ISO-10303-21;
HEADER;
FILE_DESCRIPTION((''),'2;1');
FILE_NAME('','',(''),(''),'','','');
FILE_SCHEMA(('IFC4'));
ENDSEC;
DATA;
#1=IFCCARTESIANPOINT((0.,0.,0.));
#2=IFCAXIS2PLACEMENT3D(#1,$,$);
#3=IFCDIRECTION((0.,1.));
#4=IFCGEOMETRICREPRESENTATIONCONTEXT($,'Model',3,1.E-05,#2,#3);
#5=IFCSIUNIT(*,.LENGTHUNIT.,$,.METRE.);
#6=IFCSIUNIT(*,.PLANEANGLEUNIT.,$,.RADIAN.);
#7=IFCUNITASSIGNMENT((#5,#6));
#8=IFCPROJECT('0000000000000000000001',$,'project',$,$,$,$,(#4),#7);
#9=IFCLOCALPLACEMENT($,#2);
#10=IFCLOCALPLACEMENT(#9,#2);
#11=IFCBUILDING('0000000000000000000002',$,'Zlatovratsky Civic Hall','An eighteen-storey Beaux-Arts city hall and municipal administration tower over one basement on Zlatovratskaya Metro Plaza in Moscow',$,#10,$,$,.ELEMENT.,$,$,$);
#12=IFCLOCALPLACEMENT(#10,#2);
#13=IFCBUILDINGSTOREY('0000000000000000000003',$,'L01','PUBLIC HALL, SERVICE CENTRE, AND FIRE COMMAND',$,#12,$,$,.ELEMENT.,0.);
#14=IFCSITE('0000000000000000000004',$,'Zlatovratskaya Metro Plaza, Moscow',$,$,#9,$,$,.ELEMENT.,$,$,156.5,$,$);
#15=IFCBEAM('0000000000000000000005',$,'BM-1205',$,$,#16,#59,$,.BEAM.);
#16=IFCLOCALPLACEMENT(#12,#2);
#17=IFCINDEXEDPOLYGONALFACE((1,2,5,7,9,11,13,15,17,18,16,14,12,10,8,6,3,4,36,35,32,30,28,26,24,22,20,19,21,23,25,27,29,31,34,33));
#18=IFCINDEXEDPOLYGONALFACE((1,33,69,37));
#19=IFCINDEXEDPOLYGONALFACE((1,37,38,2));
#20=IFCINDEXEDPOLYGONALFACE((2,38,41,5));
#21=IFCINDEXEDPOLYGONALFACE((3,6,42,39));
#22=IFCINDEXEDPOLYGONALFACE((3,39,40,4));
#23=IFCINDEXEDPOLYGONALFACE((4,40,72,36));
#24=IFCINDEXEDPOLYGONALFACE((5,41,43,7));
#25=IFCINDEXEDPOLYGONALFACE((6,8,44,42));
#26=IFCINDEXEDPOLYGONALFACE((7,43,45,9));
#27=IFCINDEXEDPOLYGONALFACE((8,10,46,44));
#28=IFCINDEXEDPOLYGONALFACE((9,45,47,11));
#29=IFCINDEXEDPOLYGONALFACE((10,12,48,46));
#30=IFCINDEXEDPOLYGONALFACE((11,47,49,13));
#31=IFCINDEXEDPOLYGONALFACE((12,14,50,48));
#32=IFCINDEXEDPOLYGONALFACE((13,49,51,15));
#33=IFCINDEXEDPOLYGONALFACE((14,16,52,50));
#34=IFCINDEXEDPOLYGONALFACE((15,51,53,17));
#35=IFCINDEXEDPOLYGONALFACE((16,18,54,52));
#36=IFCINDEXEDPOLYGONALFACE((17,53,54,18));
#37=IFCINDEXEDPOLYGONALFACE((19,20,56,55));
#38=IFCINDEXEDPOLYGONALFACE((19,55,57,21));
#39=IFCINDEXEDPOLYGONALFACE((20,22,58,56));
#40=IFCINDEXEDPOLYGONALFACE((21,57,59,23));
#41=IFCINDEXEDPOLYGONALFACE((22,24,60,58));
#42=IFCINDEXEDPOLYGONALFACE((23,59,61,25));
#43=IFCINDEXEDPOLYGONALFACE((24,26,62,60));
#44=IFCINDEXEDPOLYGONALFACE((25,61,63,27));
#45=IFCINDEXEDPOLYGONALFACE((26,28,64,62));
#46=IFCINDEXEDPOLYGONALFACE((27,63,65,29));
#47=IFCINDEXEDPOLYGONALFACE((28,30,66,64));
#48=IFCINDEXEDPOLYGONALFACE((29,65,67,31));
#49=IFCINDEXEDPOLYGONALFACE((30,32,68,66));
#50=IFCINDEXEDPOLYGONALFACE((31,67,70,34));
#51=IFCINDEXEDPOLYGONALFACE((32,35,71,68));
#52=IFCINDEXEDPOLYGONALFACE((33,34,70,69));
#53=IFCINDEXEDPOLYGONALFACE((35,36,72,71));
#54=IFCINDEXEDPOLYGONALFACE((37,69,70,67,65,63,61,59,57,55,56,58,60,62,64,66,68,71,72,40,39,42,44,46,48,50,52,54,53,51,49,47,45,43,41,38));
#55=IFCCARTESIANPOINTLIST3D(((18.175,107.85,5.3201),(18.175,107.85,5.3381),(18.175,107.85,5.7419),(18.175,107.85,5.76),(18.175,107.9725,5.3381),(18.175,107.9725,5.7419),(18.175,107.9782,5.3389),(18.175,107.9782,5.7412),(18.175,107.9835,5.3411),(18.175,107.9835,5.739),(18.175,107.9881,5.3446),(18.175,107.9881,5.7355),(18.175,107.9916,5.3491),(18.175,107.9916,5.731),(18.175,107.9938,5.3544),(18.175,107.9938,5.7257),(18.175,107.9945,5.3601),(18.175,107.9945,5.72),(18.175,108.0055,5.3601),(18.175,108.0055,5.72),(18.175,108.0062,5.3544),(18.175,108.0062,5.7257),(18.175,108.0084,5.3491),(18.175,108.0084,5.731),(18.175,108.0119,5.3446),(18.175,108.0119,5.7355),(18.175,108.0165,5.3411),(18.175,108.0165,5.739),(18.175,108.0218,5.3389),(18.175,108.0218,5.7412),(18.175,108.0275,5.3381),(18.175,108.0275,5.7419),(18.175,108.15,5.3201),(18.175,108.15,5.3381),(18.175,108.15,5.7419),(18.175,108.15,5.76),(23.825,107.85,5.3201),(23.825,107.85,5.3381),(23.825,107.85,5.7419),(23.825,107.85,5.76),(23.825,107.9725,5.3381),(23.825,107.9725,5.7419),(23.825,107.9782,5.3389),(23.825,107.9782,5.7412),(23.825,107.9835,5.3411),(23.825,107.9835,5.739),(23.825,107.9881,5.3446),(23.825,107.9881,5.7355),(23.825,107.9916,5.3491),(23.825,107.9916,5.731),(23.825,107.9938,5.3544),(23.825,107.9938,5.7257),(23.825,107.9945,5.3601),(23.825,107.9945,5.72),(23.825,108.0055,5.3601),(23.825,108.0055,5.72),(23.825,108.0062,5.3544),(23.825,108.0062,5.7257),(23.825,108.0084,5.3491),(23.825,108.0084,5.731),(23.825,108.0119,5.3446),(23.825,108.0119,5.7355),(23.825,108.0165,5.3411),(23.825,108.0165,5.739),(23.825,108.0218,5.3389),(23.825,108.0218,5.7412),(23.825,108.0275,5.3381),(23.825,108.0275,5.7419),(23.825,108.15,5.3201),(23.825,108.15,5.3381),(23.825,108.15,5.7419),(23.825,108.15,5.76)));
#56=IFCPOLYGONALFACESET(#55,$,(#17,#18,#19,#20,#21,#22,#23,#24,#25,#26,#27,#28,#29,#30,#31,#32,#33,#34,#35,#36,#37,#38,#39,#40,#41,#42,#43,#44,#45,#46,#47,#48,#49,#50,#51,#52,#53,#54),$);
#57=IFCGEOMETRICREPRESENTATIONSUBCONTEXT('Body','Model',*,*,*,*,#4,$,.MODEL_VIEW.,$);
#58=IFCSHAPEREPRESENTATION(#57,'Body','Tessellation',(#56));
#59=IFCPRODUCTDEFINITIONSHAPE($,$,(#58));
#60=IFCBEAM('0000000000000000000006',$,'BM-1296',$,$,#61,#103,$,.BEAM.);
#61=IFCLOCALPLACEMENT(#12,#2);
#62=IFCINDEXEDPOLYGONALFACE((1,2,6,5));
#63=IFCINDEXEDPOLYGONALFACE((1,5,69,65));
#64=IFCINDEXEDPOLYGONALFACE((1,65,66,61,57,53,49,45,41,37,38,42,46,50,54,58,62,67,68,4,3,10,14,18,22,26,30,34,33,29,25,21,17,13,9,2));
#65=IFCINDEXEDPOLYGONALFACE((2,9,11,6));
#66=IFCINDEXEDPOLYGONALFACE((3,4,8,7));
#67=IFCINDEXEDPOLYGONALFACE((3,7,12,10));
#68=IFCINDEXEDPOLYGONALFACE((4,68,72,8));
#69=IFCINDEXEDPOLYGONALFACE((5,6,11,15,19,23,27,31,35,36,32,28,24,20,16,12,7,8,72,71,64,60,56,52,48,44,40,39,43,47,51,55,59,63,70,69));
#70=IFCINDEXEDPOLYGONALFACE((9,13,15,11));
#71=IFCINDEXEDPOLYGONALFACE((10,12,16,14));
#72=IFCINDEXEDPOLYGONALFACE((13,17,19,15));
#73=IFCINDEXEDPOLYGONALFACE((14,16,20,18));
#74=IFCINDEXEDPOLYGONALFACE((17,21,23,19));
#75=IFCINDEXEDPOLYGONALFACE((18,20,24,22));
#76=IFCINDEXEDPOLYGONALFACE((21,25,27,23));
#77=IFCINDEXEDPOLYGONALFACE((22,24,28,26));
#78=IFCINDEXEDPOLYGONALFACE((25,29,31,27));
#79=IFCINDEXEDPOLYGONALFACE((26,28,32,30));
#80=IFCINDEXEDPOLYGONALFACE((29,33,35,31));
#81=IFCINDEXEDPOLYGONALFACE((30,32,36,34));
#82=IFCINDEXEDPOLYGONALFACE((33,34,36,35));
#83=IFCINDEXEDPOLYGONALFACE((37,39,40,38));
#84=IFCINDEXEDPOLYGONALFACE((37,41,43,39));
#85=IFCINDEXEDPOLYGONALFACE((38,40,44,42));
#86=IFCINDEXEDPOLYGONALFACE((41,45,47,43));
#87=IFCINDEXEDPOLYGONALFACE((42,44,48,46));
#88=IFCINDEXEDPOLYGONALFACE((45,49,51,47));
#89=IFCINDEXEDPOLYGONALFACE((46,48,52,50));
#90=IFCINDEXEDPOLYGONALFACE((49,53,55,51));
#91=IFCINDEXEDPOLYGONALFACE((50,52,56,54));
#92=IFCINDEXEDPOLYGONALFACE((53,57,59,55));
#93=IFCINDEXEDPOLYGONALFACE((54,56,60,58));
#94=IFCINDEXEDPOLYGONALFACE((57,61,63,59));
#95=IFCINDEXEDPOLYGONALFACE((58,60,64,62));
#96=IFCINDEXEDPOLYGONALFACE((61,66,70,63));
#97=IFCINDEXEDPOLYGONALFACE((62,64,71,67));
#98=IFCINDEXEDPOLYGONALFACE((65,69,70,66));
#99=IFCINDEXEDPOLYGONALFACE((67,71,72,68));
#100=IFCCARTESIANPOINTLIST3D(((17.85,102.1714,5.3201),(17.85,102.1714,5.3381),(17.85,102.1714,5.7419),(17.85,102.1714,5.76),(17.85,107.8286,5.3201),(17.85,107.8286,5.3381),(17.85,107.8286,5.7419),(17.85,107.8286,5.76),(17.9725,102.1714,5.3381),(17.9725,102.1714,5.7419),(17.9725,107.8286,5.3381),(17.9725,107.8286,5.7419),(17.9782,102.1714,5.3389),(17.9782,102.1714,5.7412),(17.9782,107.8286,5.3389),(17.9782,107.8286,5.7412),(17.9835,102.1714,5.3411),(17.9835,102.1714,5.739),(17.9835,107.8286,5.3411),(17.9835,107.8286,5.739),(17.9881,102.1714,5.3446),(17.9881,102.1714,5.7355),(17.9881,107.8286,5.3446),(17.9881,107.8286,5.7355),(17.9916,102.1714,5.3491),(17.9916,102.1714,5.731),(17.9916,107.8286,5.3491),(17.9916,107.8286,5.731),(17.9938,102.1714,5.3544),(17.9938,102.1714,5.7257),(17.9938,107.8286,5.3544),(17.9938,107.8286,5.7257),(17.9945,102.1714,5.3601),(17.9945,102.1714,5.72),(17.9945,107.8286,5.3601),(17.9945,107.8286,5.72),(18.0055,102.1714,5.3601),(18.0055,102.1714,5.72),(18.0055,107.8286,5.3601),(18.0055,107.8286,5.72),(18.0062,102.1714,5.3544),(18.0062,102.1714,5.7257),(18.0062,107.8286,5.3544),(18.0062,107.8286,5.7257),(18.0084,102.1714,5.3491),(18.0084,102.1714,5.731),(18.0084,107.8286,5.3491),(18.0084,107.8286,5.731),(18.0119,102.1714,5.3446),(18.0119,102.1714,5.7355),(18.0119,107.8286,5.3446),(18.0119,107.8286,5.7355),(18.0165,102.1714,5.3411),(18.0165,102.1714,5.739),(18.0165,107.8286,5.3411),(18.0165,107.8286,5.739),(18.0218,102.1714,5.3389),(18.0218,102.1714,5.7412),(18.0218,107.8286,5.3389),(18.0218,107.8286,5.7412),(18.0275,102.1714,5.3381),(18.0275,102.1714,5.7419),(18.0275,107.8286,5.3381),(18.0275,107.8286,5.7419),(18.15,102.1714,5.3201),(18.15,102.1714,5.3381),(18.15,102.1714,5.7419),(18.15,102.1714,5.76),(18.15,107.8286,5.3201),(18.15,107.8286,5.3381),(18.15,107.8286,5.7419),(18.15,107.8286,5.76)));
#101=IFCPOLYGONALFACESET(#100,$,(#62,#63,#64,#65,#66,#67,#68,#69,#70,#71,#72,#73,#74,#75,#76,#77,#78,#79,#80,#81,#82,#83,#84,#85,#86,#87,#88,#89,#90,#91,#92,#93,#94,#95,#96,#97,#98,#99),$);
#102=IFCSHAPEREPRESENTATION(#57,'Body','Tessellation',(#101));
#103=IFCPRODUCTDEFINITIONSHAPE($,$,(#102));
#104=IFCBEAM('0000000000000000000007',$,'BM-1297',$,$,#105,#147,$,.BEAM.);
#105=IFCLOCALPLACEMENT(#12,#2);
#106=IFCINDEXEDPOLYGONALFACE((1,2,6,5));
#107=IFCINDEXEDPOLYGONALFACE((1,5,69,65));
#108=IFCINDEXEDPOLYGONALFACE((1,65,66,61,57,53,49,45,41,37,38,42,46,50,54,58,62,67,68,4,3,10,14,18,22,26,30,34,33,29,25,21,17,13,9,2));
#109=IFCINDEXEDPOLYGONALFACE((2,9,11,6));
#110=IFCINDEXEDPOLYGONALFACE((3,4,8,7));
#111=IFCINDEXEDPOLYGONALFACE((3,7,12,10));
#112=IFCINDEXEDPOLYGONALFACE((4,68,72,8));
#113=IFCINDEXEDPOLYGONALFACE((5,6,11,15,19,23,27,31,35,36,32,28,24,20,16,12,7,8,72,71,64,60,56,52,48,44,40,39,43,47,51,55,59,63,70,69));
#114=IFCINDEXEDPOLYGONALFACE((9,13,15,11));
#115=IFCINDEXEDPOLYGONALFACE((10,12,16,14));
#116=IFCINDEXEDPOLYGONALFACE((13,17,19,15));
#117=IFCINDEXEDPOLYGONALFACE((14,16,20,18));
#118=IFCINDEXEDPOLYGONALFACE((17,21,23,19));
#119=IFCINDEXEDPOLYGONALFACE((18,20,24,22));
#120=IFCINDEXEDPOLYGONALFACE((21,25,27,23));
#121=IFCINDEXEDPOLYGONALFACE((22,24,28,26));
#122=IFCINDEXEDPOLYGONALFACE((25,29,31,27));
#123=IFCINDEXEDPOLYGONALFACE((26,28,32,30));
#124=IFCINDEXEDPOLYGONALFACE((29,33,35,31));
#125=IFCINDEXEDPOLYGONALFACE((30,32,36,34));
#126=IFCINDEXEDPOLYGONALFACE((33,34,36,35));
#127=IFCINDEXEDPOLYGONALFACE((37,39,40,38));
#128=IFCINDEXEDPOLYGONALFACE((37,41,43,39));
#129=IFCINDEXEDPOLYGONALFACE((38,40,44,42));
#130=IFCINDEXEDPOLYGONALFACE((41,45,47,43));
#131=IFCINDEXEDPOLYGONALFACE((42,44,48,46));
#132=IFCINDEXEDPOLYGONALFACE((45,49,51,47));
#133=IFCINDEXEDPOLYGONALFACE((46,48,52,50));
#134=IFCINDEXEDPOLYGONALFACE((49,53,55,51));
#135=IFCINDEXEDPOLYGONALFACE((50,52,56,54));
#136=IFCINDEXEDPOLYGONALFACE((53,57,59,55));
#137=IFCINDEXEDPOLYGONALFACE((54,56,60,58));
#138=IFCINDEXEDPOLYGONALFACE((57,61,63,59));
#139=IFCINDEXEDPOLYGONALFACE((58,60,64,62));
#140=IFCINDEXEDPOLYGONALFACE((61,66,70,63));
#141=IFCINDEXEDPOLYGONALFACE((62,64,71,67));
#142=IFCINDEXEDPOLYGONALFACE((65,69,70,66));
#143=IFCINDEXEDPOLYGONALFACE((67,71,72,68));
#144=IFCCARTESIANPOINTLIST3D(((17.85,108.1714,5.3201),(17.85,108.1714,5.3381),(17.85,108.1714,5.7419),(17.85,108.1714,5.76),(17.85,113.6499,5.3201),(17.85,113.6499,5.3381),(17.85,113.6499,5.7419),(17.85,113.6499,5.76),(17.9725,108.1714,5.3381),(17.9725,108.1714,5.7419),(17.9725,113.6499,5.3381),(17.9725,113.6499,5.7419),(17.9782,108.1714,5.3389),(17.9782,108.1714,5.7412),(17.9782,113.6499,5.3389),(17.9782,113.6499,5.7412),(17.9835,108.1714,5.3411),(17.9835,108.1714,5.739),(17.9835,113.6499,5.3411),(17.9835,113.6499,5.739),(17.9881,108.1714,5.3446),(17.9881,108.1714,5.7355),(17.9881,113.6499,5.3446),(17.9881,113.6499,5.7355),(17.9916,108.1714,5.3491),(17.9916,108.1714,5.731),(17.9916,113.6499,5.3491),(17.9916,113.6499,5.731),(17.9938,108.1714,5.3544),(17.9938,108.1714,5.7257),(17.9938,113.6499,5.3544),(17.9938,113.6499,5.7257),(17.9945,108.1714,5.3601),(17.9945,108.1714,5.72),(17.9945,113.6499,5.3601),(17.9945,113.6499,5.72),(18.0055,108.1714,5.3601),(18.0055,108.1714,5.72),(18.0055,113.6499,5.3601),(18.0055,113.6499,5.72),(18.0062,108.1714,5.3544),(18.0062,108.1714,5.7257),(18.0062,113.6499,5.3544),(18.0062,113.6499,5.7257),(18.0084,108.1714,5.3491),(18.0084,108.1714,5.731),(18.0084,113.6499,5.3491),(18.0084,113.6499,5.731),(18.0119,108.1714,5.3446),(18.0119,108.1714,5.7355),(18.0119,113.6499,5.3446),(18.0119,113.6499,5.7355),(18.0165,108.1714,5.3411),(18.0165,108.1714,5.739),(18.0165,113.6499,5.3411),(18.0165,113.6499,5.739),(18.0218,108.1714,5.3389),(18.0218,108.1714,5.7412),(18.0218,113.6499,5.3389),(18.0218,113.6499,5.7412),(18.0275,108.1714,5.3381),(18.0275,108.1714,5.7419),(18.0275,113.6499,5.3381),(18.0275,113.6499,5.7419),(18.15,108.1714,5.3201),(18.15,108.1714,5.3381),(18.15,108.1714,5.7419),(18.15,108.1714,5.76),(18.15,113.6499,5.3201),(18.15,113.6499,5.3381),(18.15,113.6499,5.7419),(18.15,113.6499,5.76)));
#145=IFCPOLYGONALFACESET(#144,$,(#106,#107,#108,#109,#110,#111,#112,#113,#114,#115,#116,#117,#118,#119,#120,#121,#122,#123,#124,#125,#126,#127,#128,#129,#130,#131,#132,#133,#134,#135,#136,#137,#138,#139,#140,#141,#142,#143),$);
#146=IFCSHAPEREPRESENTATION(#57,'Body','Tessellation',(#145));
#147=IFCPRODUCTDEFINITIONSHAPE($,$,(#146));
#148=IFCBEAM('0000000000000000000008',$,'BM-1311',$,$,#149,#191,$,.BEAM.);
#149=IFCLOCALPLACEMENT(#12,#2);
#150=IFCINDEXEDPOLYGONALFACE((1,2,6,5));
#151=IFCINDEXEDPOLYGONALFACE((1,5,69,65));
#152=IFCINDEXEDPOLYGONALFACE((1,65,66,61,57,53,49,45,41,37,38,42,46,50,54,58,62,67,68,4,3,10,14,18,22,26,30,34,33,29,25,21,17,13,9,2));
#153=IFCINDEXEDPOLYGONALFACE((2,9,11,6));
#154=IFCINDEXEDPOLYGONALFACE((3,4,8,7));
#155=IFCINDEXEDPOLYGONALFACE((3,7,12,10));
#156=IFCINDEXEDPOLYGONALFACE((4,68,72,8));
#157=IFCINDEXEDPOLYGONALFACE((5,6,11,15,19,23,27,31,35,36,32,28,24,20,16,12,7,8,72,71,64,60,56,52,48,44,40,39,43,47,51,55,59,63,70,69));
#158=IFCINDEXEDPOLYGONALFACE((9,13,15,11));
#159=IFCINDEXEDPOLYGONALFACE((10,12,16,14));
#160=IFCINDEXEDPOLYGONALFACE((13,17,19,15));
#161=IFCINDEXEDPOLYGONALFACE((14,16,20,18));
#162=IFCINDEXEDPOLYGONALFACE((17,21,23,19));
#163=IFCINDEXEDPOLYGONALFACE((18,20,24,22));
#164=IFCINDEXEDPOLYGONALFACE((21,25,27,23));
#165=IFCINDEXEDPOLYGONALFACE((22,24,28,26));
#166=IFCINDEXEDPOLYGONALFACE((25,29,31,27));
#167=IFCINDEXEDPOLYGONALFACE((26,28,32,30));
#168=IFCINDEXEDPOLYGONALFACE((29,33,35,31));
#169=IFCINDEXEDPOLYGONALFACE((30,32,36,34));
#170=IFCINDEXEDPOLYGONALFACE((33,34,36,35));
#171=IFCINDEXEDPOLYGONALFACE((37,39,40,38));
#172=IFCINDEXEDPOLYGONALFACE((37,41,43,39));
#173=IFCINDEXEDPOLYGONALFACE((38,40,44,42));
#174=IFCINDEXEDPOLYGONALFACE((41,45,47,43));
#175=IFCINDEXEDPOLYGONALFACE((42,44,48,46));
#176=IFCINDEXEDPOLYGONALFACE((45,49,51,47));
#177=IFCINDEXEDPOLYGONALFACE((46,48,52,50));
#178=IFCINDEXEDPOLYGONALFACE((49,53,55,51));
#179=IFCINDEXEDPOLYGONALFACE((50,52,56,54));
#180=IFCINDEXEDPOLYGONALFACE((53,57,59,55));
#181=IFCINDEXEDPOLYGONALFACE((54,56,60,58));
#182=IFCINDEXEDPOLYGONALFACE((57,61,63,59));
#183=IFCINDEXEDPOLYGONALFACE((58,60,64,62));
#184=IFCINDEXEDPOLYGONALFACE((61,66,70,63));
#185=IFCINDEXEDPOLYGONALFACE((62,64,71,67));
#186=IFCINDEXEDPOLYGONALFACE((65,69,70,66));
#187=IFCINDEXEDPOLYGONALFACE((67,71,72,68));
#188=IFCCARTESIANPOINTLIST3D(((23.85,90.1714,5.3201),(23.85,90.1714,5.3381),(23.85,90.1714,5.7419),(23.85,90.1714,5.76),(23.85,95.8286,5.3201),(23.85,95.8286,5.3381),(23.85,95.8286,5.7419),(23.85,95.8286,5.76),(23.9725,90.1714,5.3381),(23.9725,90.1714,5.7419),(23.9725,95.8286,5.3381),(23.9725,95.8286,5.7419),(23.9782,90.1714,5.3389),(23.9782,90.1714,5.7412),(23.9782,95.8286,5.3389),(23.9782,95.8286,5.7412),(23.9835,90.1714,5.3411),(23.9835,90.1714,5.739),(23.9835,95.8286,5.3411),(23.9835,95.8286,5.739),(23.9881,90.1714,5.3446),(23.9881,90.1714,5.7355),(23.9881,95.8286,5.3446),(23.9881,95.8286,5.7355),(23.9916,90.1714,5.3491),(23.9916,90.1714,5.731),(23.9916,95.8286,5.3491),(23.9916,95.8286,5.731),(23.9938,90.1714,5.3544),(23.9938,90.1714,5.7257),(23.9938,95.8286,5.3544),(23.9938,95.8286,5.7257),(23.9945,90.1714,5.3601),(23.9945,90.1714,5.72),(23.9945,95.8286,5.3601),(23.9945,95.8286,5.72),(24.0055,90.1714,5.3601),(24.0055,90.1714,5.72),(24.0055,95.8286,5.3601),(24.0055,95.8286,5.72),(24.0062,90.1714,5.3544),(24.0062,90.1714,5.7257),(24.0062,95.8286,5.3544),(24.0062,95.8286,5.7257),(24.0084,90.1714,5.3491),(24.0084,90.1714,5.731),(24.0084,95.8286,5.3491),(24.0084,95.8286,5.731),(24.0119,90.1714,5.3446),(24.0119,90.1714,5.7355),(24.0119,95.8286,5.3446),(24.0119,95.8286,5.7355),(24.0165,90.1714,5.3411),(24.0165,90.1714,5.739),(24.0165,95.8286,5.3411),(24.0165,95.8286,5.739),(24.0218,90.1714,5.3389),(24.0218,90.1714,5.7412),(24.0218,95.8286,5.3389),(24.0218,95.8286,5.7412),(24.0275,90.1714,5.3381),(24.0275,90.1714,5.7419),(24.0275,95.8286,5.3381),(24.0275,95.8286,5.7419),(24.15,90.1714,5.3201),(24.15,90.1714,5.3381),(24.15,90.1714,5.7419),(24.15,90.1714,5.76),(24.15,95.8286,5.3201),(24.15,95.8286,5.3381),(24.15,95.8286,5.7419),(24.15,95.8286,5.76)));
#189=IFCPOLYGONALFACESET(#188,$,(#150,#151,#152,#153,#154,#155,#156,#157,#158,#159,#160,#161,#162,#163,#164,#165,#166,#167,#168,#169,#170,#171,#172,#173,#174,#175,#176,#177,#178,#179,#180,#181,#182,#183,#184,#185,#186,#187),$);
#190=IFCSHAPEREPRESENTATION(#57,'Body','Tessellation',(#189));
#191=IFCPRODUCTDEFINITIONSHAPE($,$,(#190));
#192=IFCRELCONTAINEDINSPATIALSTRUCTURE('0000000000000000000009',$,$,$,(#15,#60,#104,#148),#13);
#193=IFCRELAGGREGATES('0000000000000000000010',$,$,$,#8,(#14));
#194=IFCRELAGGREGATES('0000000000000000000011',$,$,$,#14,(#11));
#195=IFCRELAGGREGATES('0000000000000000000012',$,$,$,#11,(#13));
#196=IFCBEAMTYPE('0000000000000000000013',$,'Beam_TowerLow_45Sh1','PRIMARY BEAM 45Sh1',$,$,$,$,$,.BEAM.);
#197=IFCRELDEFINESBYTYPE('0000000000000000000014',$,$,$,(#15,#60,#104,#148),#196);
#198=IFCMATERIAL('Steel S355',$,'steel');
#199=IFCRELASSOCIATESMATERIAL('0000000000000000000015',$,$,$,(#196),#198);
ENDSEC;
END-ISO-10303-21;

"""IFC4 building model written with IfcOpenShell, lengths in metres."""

from ifc_helpers import new_model, si_unit, direction, frame, origin, origin_2d, place, context, subcontext, project, spatial, i_section, extrude, material, material_profile, profile_set, type_object, element, save


model = new_model("IFC4")

# Units and contexts
model_context = context("Model", 3, precision=1e-05, world=origin(), true_north=direction((0.0, 1.0)))
body_context = subcontext(model_context, "Body", "Model", "MODEL_VIEW")
ifc_project = project(units=[si_unit("LENGTHUNIT", "METRE"), si_unit("PLANEANGLEUNIT", "RADIAN")], contexts=[model_context])

# Site, building, storey
site_placement = place(None, origin())
site = spatial("IfcSite", under=ifc_project, at=site_placement, Name="Zlatovratskaya Metro Plaza, Moscow", CompositionType="ELEMENT", RefElevation=156.5)
building_placement = place(site_placement, origin())
building = spatial("IfcBuilding", under=site, at=building_placement, Name="Zlatovratsky Civic Hall", Description="An eighteen-storey Beaux-Arts city hall and municipal administration tower over one basement on Zlatovratskaya Metro Plaza in Moscow", CompositionType="ELEMENT")
storey_placement = place(building_placement, origin())
storey = spatial("IfcBuildingStorey", under=building, at=storey_placement, Name="L01", Description="PUBLIC HALL, SERVICE CENTRE, AND FIRE COMMAND", CompositionType="ELEMENT", Elevation=0.0)

# Shared definitions
ifc_material_1 = material(Name="Steel S355", Category="steel")

# Beams
ifc_material_profile_1 = material_profile(ifc_material_1, i_section(OverallWidth=0.3, OverallDepth=0.4399, WebThickness=0.011, FlangeThickness=0.0181, FilletRadius=0.022, at=origin_2d()), Name="45Sh1")
ifc_profile_set_1 = profile_set([ifc_material_profile_1], Name="Steel S355")
beam_type_1 = type_object("IfcBeamType", Name="Beam_TowerLow_45Sh1", Description="PRIMARY BEAM 45Sh1", PredefinedType="BEAM", material=ifc_profile_set_1)
for number, where, z_axis, x_axis, name in (
    (1, (18.175, 108.0, 5.54), (1.0, 0.0, 0.0), (0.0, 1.0, 0.0), "BM-1205"),
):
    element("IfcBeam", number, at=place(storey_placement, frame(where, z_axis=z_axis, x_axis=x_axis)), inside=storey, type_object=beam_type_1, Name=name, PredefinedType="BEAM", context=body_context, shape_type="SweptSolid", body=[
        extrude(i_section(OverallWidth=0.3, OverallDepth=0.4399, WebThickness=0.011, FlangeThickness=0.0181, FilletRadius=0.022, at=origin_2d()), origin(), (0.0, 0.0, 1.0), 5.6499),
    ])
beam_1_placement = place(storey_placement, frame((18.0, 102.1714, 5.54), z_axis=(0.0, 1.0, 0.0), x_axis=(-1.0, 0.0, 0.0)))
element("IfcBeam", 2, at=beam_1_placement, inside=storey, type_object=beam_type_1, Name="BM-1296", PredefinedType="BEAM", context=body_context, shape_type="SweptSolid", body=[
    extrude(i_section(OverallWidth=0.3, OverallDepth=0.4399, WebThickness=0.011, FlangeThickness=0.0181, FilletRadius=0.022, at=origin_2d()), origin(), (0.0, 0.0, 1.0), 5.6572),
])
beam_2_placement = place(storey_placement, frame((18.0, 108.1714, 5.54), z_axis=(0.0, 1.0, 0.0), x_axis=(-1.0, 0.0, 0.0)))
element("IfcBeam", 3, at=beam_2_placement, inside=storey, type_object=beam_type_1, Name="BM-1297", PredefinedType="BEAM", context=body_context, shape_type="SweptSolid", body=[
    extrude(i_section(OverallWidth=0.3, OverallDepth=0.4399, WebThickness=0.011, FlangeThickness=0.0181, FilletRadius=0.022, at=origin_2d()), origin(), (0.0, 0.0, 1.0), 5.4785),
])
for number, where, z_axis, x_axis, name in (
    (4, (24.0, 90.1714, 5.54), (0.0, 1.0, 0.0), (-1.0, 0.0, 0.0), "BM-1311"),
):
    element("IfcBeam", number, at=place(storey_placement, frame(where, z_axis=z_axis, x_axis=x_axis)), inside=storey, type_object=beam_type_1, Name=name, PredefinedType="BEAM", context=body_context, shape_type="SweptSolid", body=[
        extrude(i_section(OverallWidth=0.3, OverallDepth=0.4399, WebThickness=0.011, FlangeThickness=0.0181, FilletRadius=0.022, at=origin_2d()), origin(), (0.0, 0.0, 1.0), 5.6572),
    ])

save(model, "model.ifc")
